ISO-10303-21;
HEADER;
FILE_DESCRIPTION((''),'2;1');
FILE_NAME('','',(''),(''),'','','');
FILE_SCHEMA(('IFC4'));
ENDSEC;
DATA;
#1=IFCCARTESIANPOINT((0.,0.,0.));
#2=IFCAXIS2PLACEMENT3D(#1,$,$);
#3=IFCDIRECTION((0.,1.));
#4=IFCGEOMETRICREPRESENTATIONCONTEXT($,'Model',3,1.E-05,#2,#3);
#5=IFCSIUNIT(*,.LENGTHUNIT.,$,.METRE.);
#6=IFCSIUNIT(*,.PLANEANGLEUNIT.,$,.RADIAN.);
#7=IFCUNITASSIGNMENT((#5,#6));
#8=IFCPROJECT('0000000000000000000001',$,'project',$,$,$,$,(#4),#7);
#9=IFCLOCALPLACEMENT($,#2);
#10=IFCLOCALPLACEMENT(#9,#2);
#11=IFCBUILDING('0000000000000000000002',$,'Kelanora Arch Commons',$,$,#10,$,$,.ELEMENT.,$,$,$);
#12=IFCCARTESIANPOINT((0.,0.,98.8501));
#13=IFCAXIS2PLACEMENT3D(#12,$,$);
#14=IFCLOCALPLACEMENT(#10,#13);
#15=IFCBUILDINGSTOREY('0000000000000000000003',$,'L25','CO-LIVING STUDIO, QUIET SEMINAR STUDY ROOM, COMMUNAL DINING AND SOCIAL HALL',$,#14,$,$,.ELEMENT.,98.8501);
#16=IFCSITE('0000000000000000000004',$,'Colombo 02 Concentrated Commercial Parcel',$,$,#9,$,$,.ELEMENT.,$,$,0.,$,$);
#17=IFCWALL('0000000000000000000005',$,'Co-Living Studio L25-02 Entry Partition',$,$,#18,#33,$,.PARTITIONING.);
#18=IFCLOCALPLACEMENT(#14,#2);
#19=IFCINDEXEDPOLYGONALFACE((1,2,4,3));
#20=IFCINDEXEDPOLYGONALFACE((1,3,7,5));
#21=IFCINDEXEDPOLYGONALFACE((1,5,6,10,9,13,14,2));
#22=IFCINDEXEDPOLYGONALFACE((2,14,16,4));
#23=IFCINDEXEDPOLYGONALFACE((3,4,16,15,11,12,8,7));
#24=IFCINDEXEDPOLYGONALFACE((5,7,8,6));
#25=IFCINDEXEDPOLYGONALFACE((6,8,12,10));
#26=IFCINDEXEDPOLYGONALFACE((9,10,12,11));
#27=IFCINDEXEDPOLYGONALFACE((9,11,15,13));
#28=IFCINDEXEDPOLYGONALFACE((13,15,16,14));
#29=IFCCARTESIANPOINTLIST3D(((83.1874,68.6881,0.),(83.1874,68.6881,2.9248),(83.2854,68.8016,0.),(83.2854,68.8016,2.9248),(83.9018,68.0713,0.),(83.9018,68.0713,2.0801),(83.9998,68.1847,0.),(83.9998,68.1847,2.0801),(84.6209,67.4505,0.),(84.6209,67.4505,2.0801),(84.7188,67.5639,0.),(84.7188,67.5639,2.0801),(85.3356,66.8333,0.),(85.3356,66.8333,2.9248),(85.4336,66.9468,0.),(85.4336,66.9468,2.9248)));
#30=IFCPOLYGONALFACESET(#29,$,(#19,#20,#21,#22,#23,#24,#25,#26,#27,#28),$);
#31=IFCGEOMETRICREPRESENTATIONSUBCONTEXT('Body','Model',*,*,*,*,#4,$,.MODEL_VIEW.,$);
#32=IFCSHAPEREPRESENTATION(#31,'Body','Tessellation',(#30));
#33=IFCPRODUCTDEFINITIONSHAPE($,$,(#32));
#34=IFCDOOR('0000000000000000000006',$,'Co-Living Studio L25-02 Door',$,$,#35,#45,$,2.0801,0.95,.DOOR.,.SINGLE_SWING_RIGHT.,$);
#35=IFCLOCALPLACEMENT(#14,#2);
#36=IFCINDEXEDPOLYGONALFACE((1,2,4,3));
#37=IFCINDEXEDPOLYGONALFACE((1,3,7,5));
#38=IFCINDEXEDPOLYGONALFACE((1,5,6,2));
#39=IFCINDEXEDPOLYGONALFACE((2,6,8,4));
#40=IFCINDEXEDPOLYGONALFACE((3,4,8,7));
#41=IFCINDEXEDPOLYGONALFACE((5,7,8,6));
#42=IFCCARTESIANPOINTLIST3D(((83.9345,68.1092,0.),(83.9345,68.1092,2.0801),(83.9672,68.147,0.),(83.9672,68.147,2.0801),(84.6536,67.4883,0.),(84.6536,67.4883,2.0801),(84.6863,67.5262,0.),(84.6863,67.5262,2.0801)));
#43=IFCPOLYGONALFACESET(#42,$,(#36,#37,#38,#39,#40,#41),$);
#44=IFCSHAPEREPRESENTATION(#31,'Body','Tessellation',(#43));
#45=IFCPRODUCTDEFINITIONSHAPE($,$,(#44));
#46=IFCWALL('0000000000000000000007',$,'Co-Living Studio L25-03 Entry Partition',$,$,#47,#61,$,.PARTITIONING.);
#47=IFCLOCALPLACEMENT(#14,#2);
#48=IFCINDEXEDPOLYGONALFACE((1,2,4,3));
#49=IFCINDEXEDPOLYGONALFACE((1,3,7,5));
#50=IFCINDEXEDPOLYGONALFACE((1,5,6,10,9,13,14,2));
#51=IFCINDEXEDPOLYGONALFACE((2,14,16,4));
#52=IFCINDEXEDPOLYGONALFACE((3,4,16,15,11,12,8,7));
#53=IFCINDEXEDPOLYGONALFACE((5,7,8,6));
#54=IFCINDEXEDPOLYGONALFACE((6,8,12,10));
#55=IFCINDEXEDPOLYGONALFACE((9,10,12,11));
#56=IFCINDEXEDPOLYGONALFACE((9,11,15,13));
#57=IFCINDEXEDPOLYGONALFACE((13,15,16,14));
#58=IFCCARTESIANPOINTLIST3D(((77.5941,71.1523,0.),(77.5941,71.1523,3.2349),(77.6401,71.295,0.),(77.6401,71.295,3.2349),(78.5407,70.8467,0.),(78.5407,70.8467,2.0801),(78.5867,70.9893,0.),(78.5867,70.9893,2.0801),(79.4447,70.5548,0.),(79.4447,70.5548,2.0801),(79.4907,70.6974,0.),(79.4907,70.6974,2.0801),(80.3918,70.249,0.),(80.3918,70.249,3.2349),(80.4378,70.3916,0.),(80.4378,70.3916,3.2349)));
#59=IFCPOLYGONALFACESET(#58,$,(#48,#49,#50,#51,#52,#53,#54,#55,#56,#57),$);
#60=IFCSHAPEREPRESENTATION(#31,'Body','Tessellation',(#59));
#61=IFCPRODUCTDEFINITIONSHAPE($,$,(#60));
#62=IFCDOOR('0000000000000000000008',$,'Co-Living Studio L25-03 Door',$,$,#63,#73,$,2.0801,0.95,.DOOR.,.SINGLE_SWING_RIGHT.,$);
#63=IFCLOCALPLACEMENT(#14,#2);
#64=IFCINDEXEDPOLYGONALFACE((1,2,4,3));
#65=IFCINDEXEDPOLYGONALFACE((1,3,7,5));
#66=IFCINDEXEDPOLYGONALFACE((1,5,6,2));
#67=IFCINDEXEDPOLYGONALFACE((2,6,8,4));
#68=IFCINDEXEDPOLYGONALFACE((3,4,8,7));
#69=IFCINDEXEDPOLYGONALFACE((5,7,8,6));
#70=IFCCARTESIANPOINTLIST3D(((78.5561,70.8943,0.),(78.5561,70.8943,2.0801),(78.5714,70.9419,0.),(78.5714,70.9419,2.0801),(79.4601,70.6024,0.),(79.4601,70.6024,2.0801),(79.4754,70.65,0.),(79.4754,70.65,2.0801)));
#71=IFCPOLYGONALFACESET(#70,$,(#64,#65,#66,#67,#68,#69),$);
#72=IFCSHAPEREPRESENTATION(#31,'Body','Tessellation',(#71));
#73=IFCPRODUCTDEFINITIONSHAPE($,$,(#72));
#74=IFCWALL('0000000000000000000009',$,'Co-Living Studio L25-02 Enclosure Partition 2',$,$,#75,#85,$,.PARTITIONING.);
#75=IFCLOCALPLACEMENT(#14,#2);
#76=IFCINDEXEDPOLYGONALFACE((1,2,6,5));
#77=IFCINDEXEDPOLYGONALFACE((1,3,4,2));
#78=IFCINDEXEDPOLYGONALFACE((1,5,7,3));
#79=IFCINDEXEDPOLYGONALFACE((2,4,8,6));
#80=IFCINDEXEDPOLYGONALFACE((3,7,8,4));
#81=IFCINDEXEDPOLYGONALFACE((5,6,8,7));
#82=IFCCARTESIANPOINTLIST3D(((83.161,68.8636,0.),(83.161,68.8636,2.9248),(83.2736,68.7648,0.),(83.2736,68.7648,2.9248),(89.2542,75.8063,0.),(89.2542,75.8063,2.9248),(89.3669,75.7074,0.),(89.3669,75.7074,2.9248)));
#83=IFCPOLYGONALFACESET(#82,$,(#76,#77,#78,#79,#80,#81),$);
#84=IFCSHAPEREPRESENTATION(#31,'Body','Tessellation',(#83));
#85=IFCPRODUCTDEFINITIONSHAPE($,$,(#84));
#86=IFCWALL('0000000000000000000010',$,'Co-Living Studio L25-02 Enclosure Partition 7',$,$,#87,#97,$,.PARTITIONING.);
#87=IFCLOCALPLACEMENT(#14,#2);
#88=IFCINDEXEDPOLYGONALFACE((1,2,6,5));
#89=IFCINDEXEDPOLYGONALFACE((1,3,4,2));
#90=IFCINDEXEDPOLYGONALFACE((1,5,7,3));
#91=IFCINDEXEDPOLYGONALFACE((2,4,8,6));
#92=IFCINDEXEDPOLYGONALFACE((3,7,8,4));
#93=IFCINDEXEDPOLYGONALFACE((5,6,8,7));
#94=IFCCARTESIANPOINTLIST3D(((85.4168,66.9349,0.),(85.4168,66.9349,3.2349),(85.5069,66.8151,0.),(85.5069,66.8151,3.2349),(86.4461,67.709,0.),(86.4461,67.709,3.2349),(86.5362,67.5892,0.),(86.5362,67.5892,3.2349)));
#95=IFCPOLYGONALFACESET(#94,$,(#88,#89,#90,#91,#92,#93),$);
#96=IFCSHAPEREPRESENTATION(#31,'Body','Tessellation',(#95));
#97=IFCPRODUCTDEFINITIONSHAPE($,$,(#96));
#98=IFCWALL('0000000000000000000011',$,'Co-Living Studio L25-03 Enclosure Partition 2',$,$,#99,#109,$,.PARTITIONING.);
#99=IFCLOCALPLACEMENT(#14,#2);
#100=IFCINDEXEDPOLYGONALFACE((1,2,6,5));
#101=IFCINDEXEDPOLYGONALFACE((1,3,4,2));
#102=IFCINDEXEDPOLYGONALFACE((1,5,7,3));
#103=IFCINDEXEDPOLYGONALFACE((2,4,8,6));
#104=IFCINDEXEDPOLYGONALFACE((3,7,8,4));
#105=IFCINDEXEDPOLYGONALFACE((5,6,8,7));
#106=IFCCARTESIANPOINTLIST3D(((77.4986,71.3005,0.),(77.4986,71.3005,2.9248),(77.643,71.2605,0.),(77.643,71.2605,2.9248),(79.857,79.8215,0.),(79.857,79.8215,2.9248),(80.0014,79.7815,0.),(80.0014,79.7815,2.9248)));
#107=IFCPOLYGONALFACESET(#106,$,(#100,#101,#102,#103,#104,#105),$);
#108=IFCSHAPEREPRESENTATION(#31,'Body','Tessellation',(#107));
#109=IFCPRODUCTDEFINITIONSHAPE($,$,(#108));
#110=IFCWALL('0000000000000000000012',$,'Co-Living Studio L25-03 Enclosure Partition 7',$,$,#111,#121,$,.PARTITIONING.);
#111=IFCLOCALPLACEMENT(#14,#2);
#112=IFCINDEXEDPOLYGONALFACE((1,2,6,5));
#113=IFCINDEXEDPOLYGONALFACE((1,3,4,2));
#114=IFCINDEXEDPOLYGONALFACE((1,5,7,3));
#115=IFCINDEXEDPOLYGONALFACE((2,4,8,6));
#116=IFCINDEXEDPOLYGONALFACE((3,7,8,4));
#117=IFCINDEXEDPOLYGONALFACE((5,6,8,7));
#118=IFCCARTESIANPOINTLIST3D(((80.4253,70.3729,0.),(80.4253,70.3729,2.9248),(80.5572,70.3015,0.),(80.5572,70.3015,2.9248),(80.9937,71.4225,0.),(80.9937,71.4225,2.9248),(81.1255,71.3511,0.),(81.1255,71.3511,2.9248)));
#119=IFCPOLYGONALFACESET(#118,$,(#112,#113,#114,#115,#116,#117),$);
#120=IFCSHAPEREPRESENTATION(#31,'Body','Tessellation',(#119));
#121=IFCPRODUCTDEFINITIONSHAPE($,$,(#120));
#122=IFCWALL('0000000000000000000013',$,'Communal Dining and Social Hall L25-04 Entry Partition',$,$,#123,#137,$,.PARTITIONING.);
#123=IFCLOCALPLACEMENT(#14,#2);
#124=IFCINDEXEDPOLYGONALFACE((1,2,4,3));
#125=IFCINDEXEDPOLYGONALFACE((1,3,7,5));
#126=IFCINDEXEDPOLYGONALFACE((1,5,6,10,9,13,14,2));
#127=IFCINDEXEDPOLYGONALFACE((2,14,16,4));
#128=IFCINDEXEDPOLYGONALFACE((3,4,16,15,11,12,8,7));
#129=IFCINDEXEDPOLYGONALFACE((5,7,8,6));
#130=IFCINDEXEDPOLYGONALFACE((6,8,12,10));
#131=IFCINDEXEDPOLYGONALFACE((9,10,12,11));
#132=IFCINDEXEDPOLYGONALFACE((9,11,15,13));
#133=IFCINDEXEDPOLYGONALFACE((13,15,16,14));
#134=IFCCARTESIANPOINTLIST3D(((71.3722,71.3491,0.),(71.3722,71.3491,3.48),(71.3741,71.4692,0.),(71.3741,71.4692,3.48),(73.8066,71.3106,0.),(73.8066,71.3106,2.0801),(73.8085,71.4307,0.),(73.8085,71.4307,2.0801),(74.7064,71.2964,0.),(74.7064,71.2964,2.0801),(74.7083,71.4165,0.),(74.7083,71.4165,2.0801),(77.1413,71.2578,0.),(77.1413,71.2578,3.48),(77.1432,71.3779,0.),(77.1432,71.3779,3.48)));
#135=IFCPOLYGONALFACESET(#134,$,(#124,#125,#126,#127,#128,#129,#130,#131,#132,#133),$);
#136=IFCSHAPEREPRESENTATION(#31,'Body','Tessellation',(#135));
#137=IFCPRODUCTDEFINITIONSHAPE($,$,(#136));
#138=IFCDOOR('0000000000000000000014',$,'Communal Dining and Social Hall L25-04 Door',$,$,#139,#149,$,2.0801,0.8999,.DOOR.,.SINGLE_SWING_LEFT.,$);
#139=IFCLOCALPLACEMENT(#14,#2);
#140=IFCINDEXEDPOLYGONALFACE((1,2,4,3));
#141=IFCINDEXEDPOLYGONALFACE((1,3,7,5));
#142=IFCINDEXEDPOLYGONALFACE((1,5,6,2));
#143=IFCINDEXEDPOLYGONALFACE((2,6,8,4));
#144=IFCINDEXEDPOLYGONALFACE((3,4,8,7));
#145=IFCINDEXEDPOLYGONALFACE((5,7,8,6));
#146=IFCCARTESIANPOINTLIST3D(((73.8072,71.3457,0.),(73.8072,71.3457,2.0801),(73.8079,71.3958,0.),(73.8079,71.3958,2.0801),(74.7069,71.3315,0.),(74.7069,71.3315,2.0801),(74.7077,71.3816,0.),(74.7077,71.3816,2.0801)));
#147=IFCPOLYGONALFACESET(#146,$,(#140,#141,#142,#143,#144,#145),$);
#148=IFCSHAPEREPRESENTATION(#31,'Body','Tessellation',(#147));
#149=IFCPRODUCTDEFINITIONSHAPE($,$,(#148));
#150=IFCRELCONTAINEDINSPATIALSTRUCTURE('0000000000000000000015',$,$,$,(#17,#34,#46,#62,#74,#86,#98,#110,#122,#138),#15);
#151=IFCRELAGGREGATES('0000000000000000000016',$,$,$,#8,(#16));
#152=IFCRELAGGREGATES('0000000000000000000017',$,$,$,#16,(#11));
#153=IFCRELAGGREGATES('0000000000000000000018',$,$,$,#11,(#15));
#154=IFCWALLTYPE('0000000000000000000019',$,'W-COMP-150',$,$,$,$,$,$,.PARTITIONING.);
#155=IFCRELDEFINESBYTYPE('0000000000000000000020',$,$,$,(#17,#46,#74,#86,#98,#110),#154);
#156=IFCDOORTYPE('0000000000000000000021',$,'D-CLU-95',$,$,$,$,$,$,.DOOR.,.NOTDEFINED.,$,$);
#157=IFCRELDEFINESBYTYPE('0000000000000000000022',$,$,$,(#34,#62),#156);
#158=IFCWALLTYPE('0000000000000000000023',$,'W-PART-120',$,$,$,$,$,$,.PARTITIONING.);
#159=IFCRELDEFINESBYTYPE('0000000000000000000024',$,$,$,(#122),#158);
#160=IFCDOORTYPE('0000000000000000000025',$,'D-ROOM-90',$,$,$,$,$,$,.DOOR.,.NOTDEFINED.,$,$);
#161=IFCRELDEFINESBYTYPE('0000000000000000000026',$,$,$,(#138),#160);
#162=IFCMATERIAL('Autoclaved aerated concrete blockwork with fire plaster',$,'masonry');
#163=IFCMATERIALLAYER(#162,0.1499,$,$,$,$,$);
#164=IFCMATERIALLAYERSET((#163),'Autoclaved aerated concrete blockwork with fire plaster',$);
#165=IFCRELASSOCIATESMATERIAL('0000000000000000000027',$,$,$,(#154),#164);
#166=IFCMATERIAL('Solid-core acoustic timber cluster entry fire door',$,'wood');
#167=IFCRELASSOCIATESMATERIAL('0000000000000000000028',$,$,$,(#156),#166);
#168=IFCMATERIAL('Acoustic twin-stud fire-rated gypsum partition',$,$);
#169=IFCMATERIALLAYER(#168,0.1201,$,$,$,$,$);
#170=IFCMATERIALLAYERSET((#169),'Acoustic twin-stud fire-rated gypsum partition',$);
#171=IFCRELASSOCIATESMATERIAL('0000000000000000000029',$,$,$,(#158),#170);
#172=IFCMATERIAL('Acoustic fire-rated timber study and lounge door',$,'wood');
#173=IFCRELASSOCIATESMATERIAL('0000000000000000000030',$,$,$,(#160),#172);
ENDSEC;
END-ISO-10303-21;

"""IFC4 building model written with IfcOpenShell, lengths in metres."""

from ifc_helpers import new_model, si_unit, direction, frame, frame_2d, origin, place, context, subcontext, project, spatial, rectangle, extrude, material, layer, layer_set, type_object, element, fill, save


model = new_model("IFC4")

# Units and contexts
model_context = context("Model", 3, precision=1e-05, world=origin(), true_north=direction((0.0, 1.0)))
body_context = subcontext(model_context, "Body", "Model", "MODEL_VIEW")
ifc_project = project(units=[si_unit("LENGTHUNIT", "METRE"), si_unit("PLANEANGLEUNIT", "RADIAN")], contexts=[model_context])

# Site, building, storey
site_placement = place(None, origin())
site = spatial("IfcSite", under=ifc_project, at=site_placement, Name="Colombo 02 Concentrated Commercial Parcel", CompositionType="ELEMENT", RefElevation=0.0)
building_placement = place(site_placement, origin())
building = spatial("IfcBuilding", under=site, at=building_placement, Name="Kelanora Arch Commons", CompositionType="ELEMENT")
storey_placement = place(building_placement, frame((0.0, 0.0, 98.8501)))
storey = spatial("IfcBuildingStorey", under=building, at=storey_placement, Name="L25", Description="CO-LIVING STUDIO, QUIET SEMINAR STUDY ROOM, COMMUNAL DINING AND SOCIAL HALL", CompositionType="ELEMENT", Elevation=98.8501)

# Walls, openings, doors
ifc_material_1 = material(Name="Autoclaved aerated concrete blockwork with fire plaster", Category="masonry")
ifc_layer_1 = layer(ifc_material_1, 0.1499)
ifc_layer_set_1 = layer_set([ifc_layer_1], Name="Autoclaved aerated concrete blockwork with fire plaster")
wall_type_1 = type_object("IfcWallType", Name="W-COMP-150", PredefinedType="PARTITIONING", material=ifc_layer_set_1)
wall_1_placement = place(storey_placement, frame((85.3845, 66.8901, 0.0), z_axis=(0.0, 0.0, 1.0), x_axis=(-0.756914, 0.653515, 0.0)))
wall_1 = element("IfcWall", 1, at=wall_1_placement, inside=storey, type_object=wall_type_1, Name="Co-Living Studio L25-02 Entry Partition", PredefinedType="PARTITIONING", context=body_context, shape_type="SweptSolid", body=[
    extrude(rectangle(XDim=2.8381, YDim=0.1499, at=frame_2d((1.4189, 0.0))), origin(), (0.0, 0.0, 1.0), 2.9248),
])
opening_1_placement = place(wall_1_placement, frame((0.9441, 0.0, 0.0)))
opening_1 = element("IfcOpeningElement", 2, at=opening_1_placement, cuts=wall_1, PredefinedType="OPENING", context=body_context, shape_type="SweptSolid", body=[
    extrude(rectangle(XDim=0.95, YDim=2.0801, at=frame_2d((0.4751, 1.04))), frame((0.0, 0.085, 0.0), z_axis=(0.0, -1.0, 0.0), x_axis=(1.0, 0.0, 0.0)), (0.0, 0.0, 1.0), 0.1699),
])
ifc_material_2 = material(Name="Solid-core acoustic timber cluster entry fire door", Category="wood")
door_type_1 = type_object("IfcDoorType", Name="D-CLU-95", OperationType="NOTDEFINED", PredefinedType="DOOR", material=ifc_material_2)
door_1_placement = place(opening_1_placement, origin())
door_1 = element("IfcDoor", 3, at=door_1_placement, inside=storey, type_object=door_type_1, Name="Co-Living Studio L25-02 Door", OperationType="SINGLE_SWING_RIGHT", OverallHeight=2.0801, OverallWidth=0.95, PredefinedType="DOOR", context=body_context, shape_type="SweptSolid", body=[
    extrude(rectangle(XDim=0.95, YDim=2.0801, at=frame_2d((0.4751, 1.04))), frame((0.0, 0.0249, 0.0), z_axis=(0.0, -1.0, 0.0), x_axis=(1.0, 0.0, 0.0)), (0.0, 0.0, 1.0), 0.05),
])
fill(opening_1, door_1)
wall_2_placement = place(storey_placement, frame((80.4148, 70.3203, 0.0), z_axis=(0.0, 0.0, 1.0), x_axis=(-0.951622, 0.30727, 0.0)))
wall_2 = element("IfcWall", 4, at=wall_2_placement, inside=storey, type_object=wall_type_1, Name="Co-Living Studio L25-03 Entry Partition", PredefinedType="PARTITIONING", context=body_context, shape_type="SweptSolid", body=[
    extrude(rectangle(XDim=2.9399, YDim=0.1499, at=frame_2d((1.47, 0.0))), origin(), (0.0, 0.0, 1.0), 3.2349),
])
opening_2_placement = place(wall_2_placement, frame((0.9951, 0.0, 0.0)))
opening_2 = element("IfcOpeningElement", 5, at=opening_2_placement, cuts=wall_2, PredefinedType="OPENING", context=body_context, shape_type="SweptSolid", body=[
    extrude(rectangle(XDim=0.95, YDim=2.0801, at=frame_2d((0.4751, 1.04))), frame((0.0, 0.085, 0.0), z_axis=(0.0, -1.0, 0.0), x_axis=(1.0, 0.0, 0.0)), (0.0, 0.0, 1.0), 0.1699),
])
door_2_placement = place(opening_2_placement, origin())
door_2 = element("IfcDoor", 6, at=door_2_placement, inside=storey, type_object=door_type_1, Name="Co-Living Studio L25-03 Door", OperationType="SINGLE_SWING_RIGHT", OverallHeight=2.0801, OverallWidth=0.95, PredefinedType="DOOR", context=body_context, shape_type="SweptSolid", body=[
    extrude(rectangle(XDim=0.95, YDim=2.0801, at=frame_2d((0.4751, 1.04))), frame((0.0, 0.0249, 0.0), z_axis=(0.0, -1.0, 0.0), x_axis=(1.0, 0.0, 0.0)), (0.0, 0.0, 1.0), 0.05),
])
fill(opening_2, door_2)

# Walls
wall_3_placement = place(storey_placement, frame((83.2173, 68.8142, 0.0), z_axis=(0.0, 0.0, 1.0), x_axis=(0.659636, 0.751585, 0.0)))
element("IfcWall", 7, at=wall_3_placement, inside=storey, type_object=wall_type_1, Name="Co-Living Studio L25-02 Enclosure Partition 2", PredefinedType="PARTITIONING", context=body_context, shape_type="SweptSolid", body=[
    extrude(rectangle(XDim=9.2373, YDim=0.1499, at=frame_2d((4.6187, 0.0))), origin(), (0.0, 0.0, 1.0), 2.9248),
])
wall_4_placement = place(storey_placement, frame((86.4912, 67.6492, 0.0), z_axis=(0.0, 0.0, 1.0), x_axis=(-0.79918, -0.601091, 0.0)))
element("IfcWall", 8, at=wall_4_placement, inside=storey, type_object=wall_type_1, Name="Co-Living Studio L25-02 Enclosure Partition 7", PredefinedType="PARTITIONING", context=body_context, shape_type="SweptSolid", body=[
    extrude(rectangle(XDim=1.2878, YDim=0.1499, at=frame_2d((0.644, 0.0))), origin(), (0.0, 0.0, 1.0), 3.2349),
])
wall_5_placement = place(storey_placement, frame((77.5708, 71.2805, 0.0), z_axis=(0.0, 0.0, 1.0), x_axis=(0.266747, 0.963767, 0.0)))
element("IfcWall", 9, at=wall_5_placement, inside=storey, type_object=wall_type_1, Name="Co-Living Studio L25-03 Enclosure Partition 2", PredefinedType="PARTITIONING", context=body_context, shape_type="SweptSolid", body=[
    extrude(rectangle(XDim=8.8413, YDim=0.1499, at=frame_2d((4.4207, 0.0))), origin(), (0.0, 0.0, 1.0), 2.9248),
])
wall_6_placement = place(storey_placement, frame((81.0596, 71.3867, 0.0), z_axis=(0.0, 0.0, 1.0), x_axis=(-0.476184, -0.879346, 0.0)))
element("IfcWall", 10, at=wall_6_placement, inside=storey, type_object=wall_type_1, Name="Co-Living Studio L25-03 Enclosure Partition 7", PredefinedType="PARTITIONING", context=body_context, shape_type="SweptSolid", body=[
    extrude(rectangle(XDim=1.1936, YDim=0.1499, at=frame_2d((0.5967, 0.0))), origin(), (0.0, 0.0, 1.0), 2.9248),
])

# Wall, opening, door
ifc_material_3 = material(Name="Acoustic twin-stud fire-rated gypsum partition")
ifc_layer_2 = layer(ifc_material_3, 0.1201)
ifc_layer_set_2 = layer_set([ifc_layer_2], Name="Acoustic twin-stud fire-rated gypsum partition")
wall_type_2 = type_object("IfcWallType", Name="W-PART-120", PredefinedType="PARTITIONING", material=ifc_layer_set_2)
wall_7_placement = place(storey_placement, frame((77.1421, 71.3179, 0.0), z_axis=(0.0, 0.0, 1.0), x_axis=(-0.999875, 0.015825, 0.0)))
wall_7 = element("IfcWall", 11, at=wall_7_placement, inside=storey, type_object=wall_type_2, Name="Communal Dining and Social Hall L25-04 Entry Partition", PredefinedType="PARTITIONING", context=body_context, shape_type="SweptSolid", body=[
    extrude(rectangle(XDim=5.7698, YDim=0.1201, at=frame_2d((2.8848, 0.0))), origin(), (0.0, 0.0, 1.0), 3.48),
])
opening_3_placement = place(wall_7_placement, frame((2.4351, 0.0, 0.0)))
opening_3 = element("IfcOpeningElement", 12, at=opening_3_placement, cuts=wall_7, PredefinedType="OPENING", context=body_context, shape_type="SweptSolid", body=[
    extrude(rectangle(XDim=0.8999, YDim=2.0801, at=frame_2d((0.45, 1.04))), frame((0.0, 0.0701, 0.0), z_axis=(0.0, -1.0, 0.0), x_axis=(1.0, 0.0, 0.0)), (0.0, 0.0, 1.0), 0.1401),
])
ifc_material_4 = material(Name="Acoustic fire-rated timber study and lounge door", Category="wood")
door_type_2 = type_object("IfcDoorType", Name="D-ROOM-90", OperationType="NOTDEFINED", PredefinedType="DOOR", material=ifc_material_4)
door_3_placement = place(opening_3_placement, origin())
door_3 = element("IfcDoor", 13, at=door_3_placement, inside=storey, type_object=door_type_2, Name="Communal Dining and Social Hall L25-04 Door", OperationType="SINGLE_SWING_LEFT", OverallHeight=2.0801, OverallWidth=0.8999, PredefinedType="DOOR", context=body_context, shape_type="SweptSolid", body=[
    extrude(rectangle(XDim=0.8999, YDim=2.0801, at=frame_2d((0.45, 1.04))), frame((0.0, 0.0249, 0.0), z_axis=(0.0, -1.0, 0.0), x_axis=(1.0, 0.0, 0.0)), (0.0, 0.0, 1.0), 0.05),
])
fill(opening_3, door_3)

save(model, "model.ifc")
